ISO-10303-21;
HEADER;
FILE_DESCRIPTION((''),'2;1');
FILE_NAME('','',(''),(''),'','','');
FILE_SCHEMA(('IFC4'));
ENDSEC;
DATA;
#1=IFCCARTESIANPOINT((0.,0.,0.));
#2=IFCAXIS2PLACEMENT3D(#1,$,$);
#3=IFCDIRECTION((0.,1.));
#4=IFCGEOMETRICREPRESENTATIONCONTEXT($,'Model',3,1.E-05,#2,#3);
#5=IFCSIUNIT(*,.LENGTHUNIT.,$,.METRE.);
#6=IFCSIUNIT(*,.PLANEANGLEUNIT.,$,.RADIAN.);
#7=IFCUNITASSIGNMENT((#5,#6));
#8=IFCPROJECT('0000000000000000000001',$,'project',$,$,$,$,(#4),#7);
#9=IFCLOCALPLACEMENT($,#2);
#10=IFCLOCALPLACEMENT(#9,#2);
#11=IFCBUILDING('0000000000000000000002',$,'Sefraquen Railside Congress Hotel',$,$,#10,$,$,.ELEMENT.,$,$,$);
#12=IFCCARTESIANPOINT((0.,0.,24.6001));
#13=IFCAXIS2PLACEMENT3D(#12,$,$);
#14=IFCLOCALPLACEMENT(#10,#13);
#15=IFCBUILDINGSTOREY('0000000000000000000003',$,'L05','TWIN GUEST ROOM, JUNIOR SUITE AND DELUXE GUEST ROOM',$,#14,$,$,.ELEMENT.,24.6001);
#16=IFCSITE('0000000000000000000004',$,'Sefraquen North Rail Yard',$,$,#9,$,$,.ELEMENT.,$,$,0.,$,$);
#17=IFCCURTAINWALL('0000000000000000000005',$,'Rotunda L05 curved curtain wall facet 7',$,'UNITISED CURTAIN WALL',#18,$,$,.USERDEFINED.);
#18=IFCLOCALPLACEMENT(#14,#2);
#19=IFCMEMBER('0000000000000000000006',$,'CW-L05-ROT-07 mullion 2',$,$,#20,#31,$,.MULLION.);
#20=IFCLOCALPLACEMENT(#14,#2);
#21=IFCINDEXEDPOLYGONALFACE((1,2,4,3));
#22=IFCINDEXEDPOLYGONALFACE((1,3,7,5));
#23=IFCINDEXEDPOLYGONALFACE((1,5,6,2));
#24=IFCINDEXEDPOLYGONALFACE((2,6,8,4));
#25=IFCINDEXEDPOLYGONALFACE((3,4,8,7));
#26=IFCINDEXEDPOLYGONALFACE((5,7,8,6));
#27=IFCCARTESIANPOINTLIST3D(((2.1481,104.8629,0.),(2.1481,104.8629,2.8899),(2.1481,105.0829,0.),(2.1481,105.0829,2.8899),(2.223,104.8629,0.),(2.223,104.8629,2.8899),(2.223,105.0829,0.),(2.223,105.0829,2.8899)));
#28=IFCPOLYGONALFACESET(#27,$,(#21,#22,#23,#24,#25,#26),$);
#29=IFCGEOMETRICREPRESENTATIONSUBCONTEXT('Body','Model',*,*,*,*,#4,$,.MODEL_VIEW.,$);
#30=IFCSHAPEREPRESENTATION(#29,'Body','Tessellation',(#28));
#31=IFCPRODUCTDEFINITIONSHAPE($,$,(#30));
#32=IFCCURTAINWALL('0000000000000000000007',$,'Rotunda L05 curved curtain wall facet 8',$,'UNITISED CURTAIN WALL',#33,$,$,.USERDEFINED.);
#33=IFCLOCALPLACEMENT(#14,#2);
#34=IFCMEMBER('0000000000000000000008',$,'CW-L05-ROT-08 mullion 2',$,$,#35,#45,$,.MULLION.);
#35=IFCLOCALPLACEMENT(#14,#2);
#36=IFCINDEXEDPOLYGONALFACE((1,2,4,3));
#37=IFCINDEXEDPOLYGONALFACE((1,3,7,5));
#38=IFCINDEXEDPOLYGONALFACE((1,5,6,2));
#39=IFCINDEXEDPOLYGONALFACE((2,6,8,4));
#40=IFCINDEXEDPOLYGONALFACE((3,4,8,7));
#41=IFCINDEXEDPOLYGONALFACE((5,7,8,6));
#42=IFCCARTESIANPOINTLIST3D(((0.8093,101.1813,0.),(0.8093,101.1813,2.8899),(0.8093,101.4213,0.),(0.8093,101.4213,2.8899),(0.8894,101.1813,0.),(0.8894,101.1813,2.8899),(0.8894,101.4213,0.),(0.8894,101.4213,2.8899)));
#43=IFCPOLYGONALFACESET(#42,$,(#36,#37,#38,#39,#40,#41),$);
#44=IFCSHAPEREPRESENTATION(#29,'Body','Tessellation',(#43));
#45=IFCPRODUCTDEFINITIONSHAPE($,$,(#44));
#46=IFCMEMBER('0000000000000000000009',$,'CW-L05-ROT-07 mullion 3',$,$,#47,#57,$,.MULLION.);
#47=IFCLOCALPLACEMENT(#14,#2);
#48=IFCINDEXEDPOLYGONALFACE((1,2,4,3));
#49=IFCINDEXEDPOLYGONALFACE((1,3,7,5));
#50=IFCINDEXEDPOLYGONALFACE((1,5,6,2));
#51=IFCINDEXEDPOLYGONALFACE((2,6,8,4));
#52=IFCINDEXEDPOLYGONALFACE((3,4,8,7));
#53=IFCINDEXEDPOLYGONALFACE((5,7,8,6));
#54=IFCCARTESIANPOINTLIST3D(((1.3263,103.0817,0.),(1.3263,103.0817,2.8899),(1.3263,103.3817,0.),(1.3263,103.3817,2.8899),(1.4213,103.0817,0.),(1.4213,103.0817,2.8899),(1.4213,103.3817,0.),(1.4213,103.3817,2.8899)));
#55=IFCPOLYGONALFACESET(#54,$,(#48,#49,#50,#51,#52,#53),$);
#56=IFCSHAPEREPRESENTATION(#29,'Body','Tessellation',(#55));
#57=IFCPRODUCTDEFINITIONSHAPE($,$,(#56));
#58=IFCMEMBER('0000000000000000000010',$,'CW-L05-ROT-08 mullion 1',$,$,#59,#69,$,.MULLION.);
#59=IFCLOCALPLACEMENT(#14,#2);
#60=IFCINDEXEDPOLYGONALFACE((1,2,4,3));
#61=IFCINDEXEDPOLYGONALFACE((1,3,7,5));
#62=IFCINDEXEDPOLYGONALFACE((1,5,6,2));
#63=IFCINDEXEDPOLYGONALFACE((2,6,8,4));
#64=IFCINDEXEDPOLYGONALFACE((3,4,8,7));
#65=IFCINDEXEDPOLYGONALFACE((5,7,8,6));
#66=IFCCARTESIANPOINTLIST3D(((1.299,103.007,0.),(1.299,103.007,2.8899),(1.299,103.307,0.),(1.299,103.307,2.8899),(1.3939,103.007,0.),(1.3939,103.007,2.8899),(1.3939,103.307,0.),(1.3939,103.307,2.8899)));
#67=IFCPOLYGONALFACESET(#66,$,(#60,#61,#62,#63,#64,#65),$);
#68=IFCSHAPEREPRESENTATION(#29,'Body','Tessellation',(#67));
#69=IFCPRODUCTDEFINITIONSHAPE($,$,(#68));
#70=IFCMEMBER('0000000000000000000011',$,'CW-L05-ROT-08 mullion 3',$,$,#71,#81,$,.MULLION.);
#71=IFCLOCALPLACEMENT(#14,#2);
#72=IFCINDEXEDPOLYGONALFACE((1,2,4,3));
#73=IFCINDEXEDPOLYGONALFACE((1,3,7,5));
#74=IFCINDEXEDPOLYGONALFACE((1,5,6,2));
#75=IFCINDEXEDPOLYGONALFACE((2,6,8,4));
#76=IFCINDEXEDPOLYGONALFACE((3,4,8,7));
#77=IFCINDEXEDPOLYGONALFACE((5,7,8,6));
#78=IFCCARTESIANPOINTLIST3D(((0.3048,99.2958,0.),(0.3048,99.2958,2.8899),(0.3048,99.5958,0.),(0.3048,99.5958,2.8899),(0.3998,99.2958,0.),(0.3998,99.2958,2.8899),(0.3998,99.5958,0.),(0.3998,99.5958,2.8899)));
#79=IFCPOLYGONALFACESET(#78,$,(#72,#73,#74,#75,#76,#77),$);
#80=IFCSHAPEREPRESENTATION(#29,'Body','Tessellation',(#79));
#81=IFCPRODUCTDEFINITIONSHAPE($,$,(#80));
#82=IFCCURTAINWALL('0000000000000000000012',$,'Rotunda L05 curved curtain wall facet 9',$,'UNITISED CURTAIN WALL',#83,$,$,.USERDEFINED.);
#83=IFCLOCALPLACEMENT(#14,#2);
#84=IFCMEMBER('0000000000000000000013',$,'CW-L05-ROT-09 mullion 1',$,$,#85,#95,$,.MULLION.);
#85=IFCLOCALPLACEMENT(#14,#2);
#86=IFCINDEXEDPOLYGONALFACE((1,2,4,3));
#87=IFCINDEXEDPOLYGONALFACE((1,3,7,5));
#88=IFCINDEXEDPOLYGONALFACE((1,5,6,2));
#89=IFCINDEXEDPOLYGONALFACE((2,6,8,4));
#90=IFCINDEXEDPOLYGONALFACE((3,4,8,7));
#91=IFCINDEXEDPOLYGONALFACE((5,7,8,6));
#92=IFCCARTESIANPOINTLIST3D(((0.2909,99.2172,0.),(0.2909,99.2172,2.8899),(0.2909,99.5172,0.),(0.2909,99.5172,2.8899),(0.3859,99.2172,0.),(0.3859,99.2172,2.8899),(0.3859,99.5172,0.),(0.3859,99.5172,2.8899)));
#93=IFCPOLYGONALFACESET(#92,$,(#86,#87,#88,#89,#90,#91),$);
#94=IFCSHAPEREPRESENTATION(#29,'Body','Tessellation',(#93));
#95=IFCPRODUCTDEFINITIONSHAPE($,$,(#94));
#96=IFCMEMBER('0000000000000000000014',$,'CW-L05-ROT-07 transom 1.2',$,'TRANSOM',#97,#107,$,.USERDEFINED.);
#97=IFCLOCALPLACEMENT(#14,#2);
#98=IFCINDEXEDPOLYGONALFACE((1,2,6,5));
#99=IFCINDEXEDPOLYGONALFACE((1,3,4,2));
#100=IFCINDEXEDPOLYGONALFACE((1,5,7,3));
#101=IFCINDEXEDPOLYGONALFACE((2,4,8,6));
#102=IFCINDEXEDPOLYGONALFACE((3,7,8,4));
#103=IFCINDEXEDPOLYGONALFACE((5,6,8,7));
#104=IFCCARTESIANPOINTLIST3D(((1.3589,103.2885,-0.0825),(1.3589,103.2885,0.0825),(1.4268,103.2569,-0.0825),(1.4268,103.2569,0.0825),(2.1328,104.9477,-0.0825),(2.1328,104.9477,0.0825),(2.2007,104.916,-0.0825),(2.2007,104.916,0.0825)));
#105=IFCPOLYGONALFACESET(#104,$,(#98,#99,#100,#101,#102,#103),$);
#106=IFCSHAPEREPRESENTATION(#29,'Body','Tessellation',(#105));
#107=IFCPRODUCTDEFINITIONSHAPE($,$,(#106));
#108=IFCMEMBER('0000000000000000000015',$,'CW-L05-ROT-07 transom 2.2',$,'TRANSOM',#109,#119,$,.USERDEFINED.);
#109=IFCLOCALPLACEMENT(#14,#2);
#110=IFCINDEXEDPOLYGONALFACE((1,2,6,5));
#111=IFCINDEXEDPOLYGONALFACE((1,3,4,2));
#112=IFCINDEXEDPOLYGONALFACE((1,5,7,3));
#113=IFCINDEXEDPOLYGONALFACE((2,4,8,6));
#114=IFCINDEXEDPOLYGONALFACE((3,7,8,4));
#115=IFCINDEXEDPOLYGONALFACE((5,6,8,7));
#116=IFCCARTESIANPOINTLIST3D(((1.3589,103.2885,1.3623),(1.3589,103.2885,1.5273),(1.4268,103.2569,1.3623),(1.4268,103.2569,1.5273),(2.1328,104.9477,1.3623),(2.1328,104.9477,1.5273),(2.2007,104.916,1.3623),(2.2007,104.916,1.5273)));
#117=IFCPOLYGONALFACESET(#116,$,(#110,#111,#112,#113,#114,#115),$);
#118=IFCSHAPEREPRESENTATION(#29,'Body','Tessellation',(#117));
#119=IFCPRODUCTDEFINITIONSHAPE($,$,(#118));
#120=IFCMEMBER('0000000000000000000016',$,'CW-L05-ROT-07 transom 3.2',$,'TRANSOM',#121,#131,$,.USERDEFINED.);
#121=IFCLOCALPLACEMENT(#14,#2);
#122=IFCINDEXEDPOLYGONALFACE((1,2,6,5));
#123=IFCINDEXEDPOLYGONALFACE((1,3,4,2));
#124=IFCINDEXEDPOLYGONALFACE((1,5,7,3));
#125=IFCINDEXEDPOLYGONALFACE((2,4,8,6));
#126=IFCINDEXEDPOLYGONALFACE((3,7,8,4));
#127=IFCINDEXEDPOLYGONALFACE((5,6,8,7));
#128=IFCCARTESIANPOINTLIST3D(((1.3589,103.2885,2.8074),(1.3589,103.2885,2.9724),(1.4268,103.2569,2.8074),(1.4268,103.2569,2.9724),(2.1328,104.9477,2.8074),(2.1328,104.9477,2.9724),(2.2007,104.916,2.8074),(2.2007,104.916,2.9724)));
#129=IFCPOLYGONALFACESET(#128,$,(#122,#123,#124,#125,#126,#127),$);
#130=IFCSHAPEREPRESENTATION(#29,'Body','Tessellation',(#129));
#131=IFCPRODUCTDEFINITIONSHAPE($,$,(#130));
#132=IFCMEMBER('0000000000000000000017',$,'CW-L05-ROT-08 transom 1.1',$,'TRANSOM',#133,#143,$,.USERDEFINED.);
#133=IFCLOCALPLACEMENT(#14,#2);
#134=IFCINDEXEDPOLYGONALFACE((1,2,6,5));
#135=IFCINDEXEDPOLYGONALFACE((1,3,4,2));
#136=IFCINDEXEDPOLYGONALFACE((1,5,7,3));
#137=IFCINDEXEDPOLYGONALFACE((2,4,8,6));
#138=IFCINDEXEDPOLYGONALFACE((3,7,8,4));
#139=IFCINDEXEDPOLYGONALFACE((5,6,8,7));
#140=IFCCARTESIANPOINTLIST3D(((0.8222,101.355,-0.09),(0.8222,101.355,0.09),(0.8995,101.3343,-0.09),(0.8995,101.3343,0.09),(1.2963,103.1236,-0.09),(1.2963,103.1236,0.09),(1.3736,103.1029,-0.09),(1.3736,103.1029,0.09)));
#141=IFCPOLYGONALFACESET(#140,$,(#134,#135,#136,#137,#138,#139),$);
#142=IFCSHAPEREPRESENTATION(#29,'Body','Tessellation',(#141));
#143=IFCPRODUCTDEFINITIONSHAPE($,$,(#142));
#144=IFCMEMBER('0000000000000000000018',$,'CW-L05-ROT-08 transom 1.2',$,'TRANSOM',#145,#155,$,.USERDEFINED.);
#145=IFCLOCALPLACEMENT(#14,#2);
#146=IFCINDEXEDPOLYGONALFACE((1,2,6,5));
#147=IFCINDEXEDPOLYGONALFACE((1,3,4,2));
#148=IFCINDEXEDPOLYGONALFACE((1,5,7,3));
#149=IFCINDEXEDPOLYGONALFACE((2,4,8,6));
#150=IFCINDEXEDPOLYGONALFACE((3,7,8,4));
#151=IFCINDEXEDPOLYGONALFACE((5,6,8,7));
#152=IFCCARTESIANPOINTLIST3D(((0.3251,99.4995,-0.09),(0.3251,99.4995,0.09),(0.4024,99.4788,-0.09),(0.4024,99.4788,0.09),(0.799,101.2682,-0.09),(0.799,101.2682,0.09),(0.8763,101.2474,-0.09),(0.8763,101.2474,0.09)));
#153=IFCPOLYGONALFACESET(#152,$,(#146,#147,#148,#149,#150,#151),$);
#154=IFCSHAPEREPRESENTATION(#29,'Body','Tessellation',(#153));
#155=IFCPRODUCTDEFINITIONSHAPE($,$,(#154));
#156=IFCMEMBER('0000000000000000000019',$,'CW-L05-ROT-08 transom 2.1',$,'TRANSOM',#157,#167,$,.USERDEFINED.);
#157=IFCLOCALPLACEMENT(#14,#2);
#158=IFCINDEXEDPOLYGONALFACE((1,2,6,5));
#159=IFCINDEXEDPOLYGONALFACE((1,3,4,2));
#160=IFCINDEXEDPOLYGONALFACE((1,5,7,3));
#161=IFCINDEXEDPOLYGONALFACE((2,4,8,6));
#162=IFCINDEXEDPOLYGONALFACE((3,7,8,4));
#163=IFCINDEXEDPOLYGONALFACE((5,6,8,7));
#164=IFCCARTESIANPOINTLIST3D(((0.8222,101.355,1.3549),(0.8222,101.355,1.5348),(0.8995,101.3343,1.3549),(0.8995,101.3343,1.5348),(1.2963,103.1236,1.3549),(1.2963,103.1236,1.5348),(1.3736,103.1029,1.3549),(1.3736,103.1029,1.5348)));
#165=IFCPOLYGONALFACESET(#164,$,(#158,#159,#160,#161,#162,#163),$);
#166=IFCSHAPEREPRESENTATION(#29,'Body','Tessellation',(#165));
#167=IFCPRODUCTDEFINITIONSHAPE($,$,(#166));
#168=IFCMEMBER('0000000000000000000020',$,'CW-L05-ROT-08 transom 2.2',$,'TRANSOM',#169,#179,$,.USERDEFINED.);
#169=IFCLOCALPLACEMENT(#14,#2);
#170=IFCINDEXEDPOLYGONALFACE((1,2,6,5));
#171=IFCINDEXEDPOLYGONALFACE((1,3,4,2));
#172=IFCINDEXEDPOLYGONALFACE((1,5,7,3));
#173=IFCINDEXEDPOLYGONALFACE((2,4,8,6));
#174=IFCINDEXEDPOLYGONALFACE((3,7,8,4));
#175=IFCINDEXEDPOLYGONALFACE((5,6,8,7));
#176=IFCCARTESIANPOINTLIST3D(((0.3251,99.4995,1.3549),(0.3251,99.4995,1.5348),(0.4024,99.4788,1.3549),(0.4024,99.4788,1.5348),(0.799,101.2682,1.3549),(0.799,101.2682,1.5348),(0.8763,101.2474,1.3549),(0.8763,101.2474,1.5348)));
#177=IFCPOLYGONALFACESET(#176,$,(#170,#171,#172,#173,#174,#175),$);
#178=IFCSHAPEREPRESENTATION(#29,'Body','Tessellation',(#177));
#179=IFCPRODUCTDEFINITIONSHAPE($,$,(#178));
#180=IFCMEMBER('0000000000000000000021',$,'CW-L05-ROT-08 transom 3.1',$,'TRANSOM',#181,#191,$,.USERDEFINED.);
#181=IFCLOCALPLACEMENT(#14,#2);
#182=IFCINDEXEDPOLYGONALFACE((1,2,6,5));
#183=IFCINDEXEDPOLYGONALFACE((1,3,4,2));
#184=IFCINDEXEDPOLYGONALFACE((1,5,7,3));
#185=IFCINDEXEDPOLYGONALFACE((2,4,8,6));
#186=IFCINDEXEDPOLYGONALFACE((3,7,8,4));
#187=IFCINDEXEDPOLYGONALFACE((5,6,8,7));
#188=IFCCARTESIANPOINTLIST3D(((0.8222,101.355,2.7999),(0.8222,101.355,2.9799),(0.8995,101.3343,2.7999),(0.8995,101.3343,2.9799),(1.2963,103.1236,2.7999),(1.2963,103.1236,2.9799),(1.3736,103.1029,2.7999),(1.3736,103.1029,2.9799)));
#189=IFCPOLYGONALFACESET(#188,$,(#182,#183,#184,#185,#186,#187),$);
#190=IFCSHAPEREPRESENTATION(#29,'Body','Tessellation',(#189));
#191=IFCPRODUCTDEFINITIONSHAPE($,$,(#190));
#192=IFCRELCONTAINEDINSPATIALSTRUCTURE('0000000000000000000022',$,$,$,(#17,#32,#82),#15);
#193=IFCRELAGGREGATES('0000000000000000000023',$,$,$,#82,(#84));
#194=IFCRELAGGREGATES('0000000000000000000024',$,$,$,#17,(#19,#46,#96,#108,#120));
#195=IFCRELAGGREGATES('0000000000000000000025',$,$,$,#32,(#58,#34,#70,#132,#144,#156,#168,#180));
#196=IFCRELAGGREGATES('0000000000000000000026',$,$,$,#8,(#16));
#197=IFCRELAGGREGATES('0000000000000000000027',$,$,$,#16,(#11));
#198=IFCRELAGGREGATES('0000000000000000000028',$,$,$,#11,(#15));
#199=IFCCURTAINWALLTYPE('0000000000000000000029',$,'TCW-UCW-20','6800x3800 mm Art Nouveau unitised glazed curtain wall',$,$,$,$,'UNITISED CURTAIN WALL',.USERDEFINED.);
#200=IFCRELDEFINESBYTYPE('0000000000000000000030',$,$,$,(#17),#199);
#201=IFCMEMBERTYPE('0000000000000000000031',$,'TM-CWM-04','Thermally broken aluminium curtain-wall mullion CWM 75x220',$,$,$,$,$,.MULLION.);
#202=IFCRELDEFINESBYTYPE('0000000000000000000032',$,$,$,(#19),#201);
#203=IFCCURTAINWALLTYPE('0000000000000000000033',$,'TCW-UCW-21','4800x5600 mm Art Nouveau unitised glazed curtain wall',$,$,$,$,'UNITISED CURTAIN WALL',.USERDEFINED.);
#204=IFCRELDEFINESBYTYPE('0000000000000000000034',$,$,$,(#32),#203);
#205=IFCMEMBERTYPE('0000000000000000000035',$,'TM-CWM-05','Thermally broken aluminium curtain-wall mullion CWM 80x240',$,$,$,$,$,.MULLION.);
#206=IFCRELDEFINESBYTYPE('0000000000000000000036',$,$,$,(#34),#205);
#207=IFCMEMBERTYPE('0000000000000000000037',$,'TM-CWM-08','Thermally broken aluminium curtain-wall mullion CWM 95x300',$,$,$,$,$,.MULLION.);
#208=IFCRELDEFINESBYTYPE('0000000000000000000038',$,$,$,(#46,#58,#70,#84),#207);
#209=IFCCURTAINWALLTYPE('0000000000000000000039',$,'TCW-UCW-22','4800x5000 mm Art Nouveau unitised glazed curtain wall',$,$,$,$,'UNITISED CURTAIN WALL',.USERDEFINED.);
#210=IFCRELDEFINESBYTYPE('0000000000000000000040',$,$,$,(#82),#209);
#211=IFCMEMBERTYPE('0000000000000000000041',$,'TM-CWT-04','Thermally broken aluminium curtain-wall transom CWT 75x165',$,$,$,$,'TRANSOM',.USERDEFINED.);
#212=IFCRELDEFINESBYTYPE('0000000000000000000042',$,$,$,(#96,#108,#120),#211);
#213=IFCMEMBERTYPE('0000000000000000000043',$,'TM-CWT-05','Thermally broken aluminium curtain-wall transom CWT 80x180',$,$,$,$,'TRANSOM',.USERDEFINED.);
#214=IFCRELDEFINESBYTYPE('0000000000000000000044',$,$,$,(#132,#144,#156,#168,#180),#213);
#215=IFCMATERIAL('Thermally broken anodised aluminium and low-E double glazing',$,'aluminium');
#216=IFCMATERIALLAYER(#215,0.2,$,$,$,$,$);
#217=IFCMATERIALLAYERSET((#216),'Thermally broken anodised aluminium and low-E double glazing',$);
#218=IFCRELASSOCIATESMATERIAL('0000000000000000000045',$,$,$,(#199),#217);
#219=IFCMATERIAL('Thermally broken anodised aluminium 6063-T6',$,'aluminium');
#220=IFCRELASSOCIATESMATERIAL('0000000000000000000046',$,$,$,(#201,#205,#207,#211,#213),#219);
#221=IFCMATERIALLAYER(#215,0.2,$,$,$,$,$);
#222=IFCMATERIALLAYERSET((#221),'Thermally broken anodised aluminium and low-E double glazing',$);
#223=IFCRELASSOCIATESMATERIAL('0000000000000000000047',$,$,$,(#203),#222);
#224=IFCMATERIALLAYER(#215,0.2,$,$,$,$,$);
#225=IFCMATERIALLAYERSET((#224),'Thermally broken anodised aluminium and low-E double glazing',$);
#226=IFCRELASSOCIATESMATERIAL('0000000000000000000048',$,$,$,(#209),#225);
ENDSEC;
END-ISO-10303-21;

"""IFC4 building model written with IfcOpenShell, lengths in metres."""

from ifc_helpers import new_model, si_unit, direction, frame, origin, origin_2d, place, context, subcontext, project, spatial, rectangle, extrude, material, layer, layer_set, material_profile, profile_set, type_object, element, aggregate, save


model = new_model("IFC4")

# Units and contexts
model_context = context("Model", 3, precision=1e-05, world=origin(), true_north=direction((0.0, 1.0)))
body_context = subcontext(model_context, "Body", "Model", "MODEL_VIEW")
ifc_project = project(units=[si_unit("LENGTHUNIT", "METRE"), si_unit("PLANEANGLEUNIT", "RADIAN")], contexts=[model_context])

# Site, building, storey
site_placement = place(None, origin())
site = spatial("IfcSite", under=ifc_project, at=site_placement, Name="Sefraquen North Rail Yard", CompositionType="ELEMENT", RefElevation=0.0)
building_placement = place(site_placement, origin())
building = spatial("IfcBuilding", under=site, at=building_placement, Name="Sefraquen Railside Congress Hotel", CompositionType="ELEMENT")
storey_placement = place(building_placement, frame((0.0, 0.0, 24.6001)))
storey = spatial("IfcBuildingStorey", under=building, at=storey_placement, Name="L05", Description="TWIN GUEST ROOM, JUNIOR SUITE AND DELUXE GUEST ROOM", CompositionType="ELEMENT", Elevation=24.6001)

# Curtain walls, members
ifc_material_1 = material(Name="Thermally broken anodised aluminium and low-E double glazing", Category="aluminium")
ifc_layer_1 = layer(ifc_material_1, 0.2)
ifc_layer_set_1 = layer_set([ifc_layer_1], Name="Thermally broken anodised aluminium and low-E double glazing")
curtain_wall_type_1 = type_object("IfcCurtainWallType", Name="TCW-UCW-20", Description="6800x3800 mm Art Nouveau unitised glazed curtain wall", ElementType="UNITISED CURTAIN WALL", PredefinedType="USERDEFINED", material=ifc_layer_set_1)
curtain_wall_1_placement = place(storey_placement, origin())
curtain_wall_1 = element("IfcCurtainWall", 1, at=curtain_wall_1_placement, inside=storey, type_object=curtain_wall_type_1, Name="Rotunda L05 curved curtain wall facet 7", ObjectType="UNITISED CURTAIN WALL", PredefinedType="USERDEFINED")
ifc_material_2 = material(Name="Thermally broken anodised aluminium 6063-T6", Category="aluminium")
ifc_material_profile_1 = material_profile(ifc_material_2, rectangle(XDim=0.075, YDim=0.22, at=origin_2d()), Name="CWM 75x220")
ifc_profile_set_1 = profile_set([ifc_material_profile_1], Name="Thermally broken anodised aluminium 6063-T6")
member_type_1 = type_object("IfcMemberType", Name="TM-CWM-04", Description="Thermally broken aluminium curtain-wall mullion CWM 75x220", PredefinedType="MULLION", material=ifc_profile_set_1)
member_1_placement = place(storey_placement, frame((2.1855, 104.9729, 0.0), z_axis=(0.0, 0.0, 1.0), x_axis=(1.0, 0.0, 0.0)))
member_1 = element("IfcMember", 2, at=member_1_placement, type_object=member_type_1, Name="CW-L05-ROT-07 mullion 2", PredefinedType="MULLION", context=body_context, shape_type="SweptSolid", body=[
    extrude(rectangle(XDim=0.075, YDim=0.22, at=origin_2d()), origin(), (0.0, 0.0, 1.0), 2.8899),
])
ifc_layer_2 = layer(ifc_material_1, 0.2)
ifc_layer_set_2 = layer_set([ifc_layer_2], Name="Thermally broken anodised aluminium and low-E double glazing")
curtain_wall_type_2 = type_object("IfcCurtainWallType", Name="TCW-UCW-21", Description="4800x5600 mm Art Nouveau unitised glazed curtain wall", ElementType="UNITISED CURTAIN WALL", PredefinedType="USERDEFINED", material=ifc_layer_set_2)
curtain_wall_2_placement = place(storey_placement, origin())
curtain_wall_2 = element("IfcCurtainWall", 3, at=curtain_wall_2_placement, inside=storey, type_object=curtain_wall_type_2, Name="Rotunda L05 curved curtain wall facet 8", ObjectType="UNITISED CURTAIN WALL", PredefinedType="USERDEFINED")
ifc_material_profile_2 = material_profile(ifc_material_2, rectangle(XDim=0.0801, YDim=0.24, at=origin_2d()), Name="CWM 80x240")
ifc_profile_set_2 = profile_set([ifc_material_profile_2], Name="Thermally broken anodised aluminium 6063-T6")
member_type_2 = type_object("IfcMemberType", Name="TM-CWM-05", Description="Thermally broken aluminium curtain-wall mullion CWM 80x240", PredefinedType="MULLION", material=ifc_profile_set_2)
member_2_placement = place(storey_placement, frame((0.8494, 101.3013, 0.0), z_axis=(0.0, 0.0, 1.0), x_axis=(1.0, 0.0, 0.0)))
member_2 = element("IfcMember", 4, at=member_2_placement, type_object=member_type_2, Name="CW-L05-ROT-08 mullion 2", PredefinedType="MULLION", context=body_context, shape_type="SweptSolid", body=[
    extrude(rectangle(XDim=0.0801, YDim=0.24, at=origin_2d()), origin(), (0.0, 0.0, 1.0), 2.8899),
])

# Members
ifc_material_profile_3 = material_profile(ifc_material_2, rectangle(XDim=0.095, YDim=0.3, at=origin_2d()), Name="CWM 95x300")
ifc_profile_set_3 = profile_set([ifc_material_profile_3], Name="Thermally broken anodised aluminium 6063-T6")
member_type_3 = type_object("IfcMemberType", Name="TM-CWM-08", Description="Thermally broken aluminium curtain-wall mullion CWM 95x300", PredefinedType="MULLION", material=ifc_profile_set_3)
member_3_placement = place(storey_placement, frame((1.3738, 103.2317, 0.0), z_axis=(0.0, 0.0, 1.0), x_axis=(1.0, 0.0, 0.0)))
member_3 = element("IfcMember", 5, at=member_3_placement, type_object=member_type_3, Name="CW-L05-ROT-07 mullion 3", PredefinedType="MULLION", context=body_context, shape_type="SweptSolid", body=[
    extrude(rectangle(XDim=0.095, YDim=0.3, at=origin_2d()), origin(), (0.0, 0.0, 1.0), 2.8899),
])
member_4_placement = place(storey_placement, frame((1.3464, 103.157, 0.0), z_axis=(0.0, 0.0, 1.0), x_axis=(1.0, 0.0, 0.0)))
member_4 = element("IfcMember", 6, at=member_4_placement, type_object=member_type_3, Name="CW-L05-ROT-08 mullion 1", PredefinedType="MULLION", context=body_context, shape_type="SweptSolid", body=[
    extrude(rectangle(XDim=0.095, YDim=0.3, at=origin_2d()), origin(), (0.0, 0.0, 1.0), 2.8899),
])
member_5_placement = place(storey_placement, frame((0.3523, 99.4458, 0.0), z_axis=(0.0, 0.0, 1.0), x_axis=(1.0, 0.0, 0.0)))
member_5 = element("IfcMember", 7, at=member_5_placement, type_object=member_type_3, Name="CW-L05-ROT-08 mullion 3", PredefinedType="MULLION", context=body_context, shape_type="SweptSolid", body=[
    extrude(rectangle(XDim=0.095, YDim=0.3, at=origin_2d()), origin(), (0.0, 0.0, 1.0), 2.8899),
])

# Curtain wall, member
ifc_layer_3 = layer(ifc_material_1, 0.2)
ifc_layer_set_3 = layer_set([ifc_layer_3], Name="Thermally broken anodised aluminium and low-E double glazing")
curtain_wall_type_3 = type_object("IfcCurtainWallType", Name="TCW-UCW-22", Description="4800x5000 mm Art Nouveau unitised glazed curtain wall", ElementType="UNITISED CURTAIN WALL", PredefinedType="USERDEFINED", material=ifc_layer_set_3)
curtain_wall_3_placement = place(storey_placement, origin())
curtain_wall_3 = element("IfcCurtainWall", 8, at=curtain_wall_3_placement, inside=storey, type_object=curtain_wall_type_3, Name="Rotunda L05 curved curtain wall facet 9", ObjectType="UNITISED CURTAIN WALL", PredefinedType="USERDEFINED")
member_6_placement = place(storey_placement, frame((0.3384, 99.3672, 0.0), z_axis=(0.0, 0.0, 1.0), x_axis=(1.0, 0.0, 0.0)))
member_6 = element("IfcMember", 9, at=member_6_placement, type_object=member_type_3, Name="CW-L05-ROT-09 mullion 1", PredefinedType="MULLION", context=body_context, shape_type="SweptSolid", body=[
    extrude(rectangle(XDim=0.095, YDim=0.3, at=origin_2d()), origin(), (0.0, 0.0, 1.0), 2.8899),
])

# Members
ifc_material_profile_4 = material_profile(ifc_material_2, rectangle(XDim=0.075, YDim=0.165, at=origin_2d()), Name="CWT 75x165")
ifc_profile_set_4 = profile_set([ifc_material_profile_4], Name="Thermally broken anodised aluminium 6063-T6")
member_type_4 = type_object("IfcMemberType", Name="TM-CWT-04", Description="Thermally broken aluminium curtain-wall transom CWT 75x165", ElementType="TRANSOM", PredefinedType="USERDEFINED", material=ifc_profile_set_4)
member_7_placement = place(storey_placement, frame((2.1667, 104.9319, 0.0), z_axis=(-0.422725, -0.906258, 0.0), x_axis=(0.906258, -0.422725, 0.0)))
member_7 = element("IfcMember", 10, at=member_7_placement, type_object=member_type_4, Name="CW-L05-ROT-07 transom 1.2", ObjectType="TRANSOM", PredefinedType="USERDEFINED", context=body_context, shape_type="SweptSolid", body=[
    extrude(rectangle(XDim=0.075, YDim=0.165, at=origin_2d()), origin(), (0.0, 0.0, 1.0), 1.8308),
])
member_8_placement = place(storey_placement, frame((2.1667, 104.9319, 1.4448), z_axis=(-0.422725, -0.906258, 0.0), x_axis=(0.906258, -0.422725, 0.0)))
member_8 = element("IfcMember", 11, at=member_8_placement, type_object=member_type_4, Name="CW-L05-ROT-07 transom 2.2", ObjectType="TRANSOM", PredefinedType="USERDEFINED", context=body_context, shape_type="SweptSolid", body=[
    extrude(rectangle(XDim=0.075, YDim=0.165, at=origin_2d()), origin(), (0.0, 0.0, 1.0), 1.8308),
])
member_9_placement = place(storey_placement, frame((2.1667, 104.9319, 2.8899), z_axis=(-0.422725, -0.906258, 0.0), x_axis=(0.906258, -0.422725, 0.0)))
member_9 = element("IfcMember", 12, at=member_9_placement, type_object=member_type_4, Name="CW-L05-ROT-07 transom 3.2", ObjectType="TRANSOM", PredefinedType="USERDEFINED", context=body_context, shape_type="SweptSolid", body=[
    extrude(rectangle(XDim=0.075, YDim=0.165, at=origin_2d()), origin(), (0.0, 0.0, 1.0), 1.8308),
])
ifc_material_profile_5 = material_profile(ifc_material_2, rectangle(XDim=0.0801, YDim=0.1799, at=origin_2d()), Name="CWT 80x180")
ifc_profile_set_5 = profile_set([ifc_material_profile_5], Name="Thermally broken anodised aluminium 6063-T6")
member_type_5 = type_object("IfcMemberType", Name="TM-CWT-05", Description="Thermally broken aluminium curtain-wall transom CWT 80x180", ElementType="TRANSOM", PredefinedType="USERDEFINED", material=ifc_profile_set_5)
member_10_placement = place(storey_placement, frame((1.335, 103.1133, 0.0), z_axis=(-0.25894, -0.965893, 0.0), x_axis=(0.965893, -0.25894, 0.0)))
member_10 = element("IfcMember", 13, at=member_10_placement, type_object=member_type_5, Name="CW-L05-ROT-08 transom 1.1", ObjectType="TRANSOM", PredefinedType="USERDEFINED", context=body_context, shape_type="SweptSolid", body=[
    extrude(rectangle(XDim=0.0801, YDim=0.1799, at=origin_2d()), origin(), (0.0, 0.0, 1.0), 1.8311),
])
member_11_placement = place(storey_placement, frame((0.8376, 101.2578, 0.0), z_axis=(-0.258816, -0.965927, 0.0), x_axis=(0.965927, -0.258816, 0.0)))
member_11 = element("IfcMember", 14, at=member_11_placement, type_object=member_type_5, Name="CW-L05-ROT-08 transom 1.2", ObjectType="TRANSOM", PredefinedType="USERDEFINED", context=body_context, shape_type="SweptSolid", body=[
    extrude(rectangle(XDim=0.0801, YDim=0.1799, at=origin_2d()), origin(), (0.0, 0.0, 1.0), 1.8311),
])
member_12_placement = place(storey_placement, frame((1.335, 103.1133, 1.4448), z_axis=(-0.25894, -0.965893, 0.0), x_axis=(0.965893, -0.25894, 0.0)))
member_12 = element("IfcMember", 15, at=member_12_placement, type_object=member_type_5, Name="CW-L05-ROT-08 transom 2.1", ObjectType="TRANSOM", PredefinedType="USERDEFINED", context=body_context, shape_type="SweptSolid", body=[
    extrude(rectangle(XDim=0.0801, YDim=0.1799, at=origin_2d()), origin(), (0.0, 0.0, 1.0), 1.8311),
])
member_13_placement = place(storey_placement, frame((0.8376, 101.2578, 1.4448), z_axis=(-0.258816, -0.965927, 0.0), x_axis=(0.965927, -0.258816, 0.0)))
member_13 = element("IfcMember", 16, at=member_13_placement, type_object=member_type_5, Name="CW-L05-ROT-08 transom 2.2", ObjectType="TRANSOM", PredefinedType="USERDEFINED", context=body_context, shape_type="SweptSolid", body=[
    extrude(rectangle(XDim=0.0801, YDim=0.1799, at=origin_2d()), origin(), (0.0, 0.0, 1.0), 1.8311),
])
member_14_placement = place(storey_placement, frame((1.335, 103.1133, 2.8899), z_axis=(-0.25894, -0.965893, 0.0), x_axis=(0.965893, -0.25894, 0.0)))
member_14 = element("IfcMember", 17, at=member_14_placement, type_object=member_type_5, Name="CW-L05-ROT-08 transom 3.1", ObjectType="TRANSOM", PredefinedType="USERDEFINED", context=body_context, shape_type="SweptSolid", body=[
    extrude(rectangle(XDim=0.0801, YDim=0.1799, at=origin_2d()), origin(), (0.0, 0.0, 1.0), 1.8311),
])
aggregate(curtain_wall_3, [member_6])

aggregate(curtain_wall_1, [member_1, member_3, member_7, member_8, member_9])
aggregate(curtain_wall_2, [member_4, member_2, member_5, member_10, member_11, member_12, member_13, member_14])

save(model, "model.ifc")
